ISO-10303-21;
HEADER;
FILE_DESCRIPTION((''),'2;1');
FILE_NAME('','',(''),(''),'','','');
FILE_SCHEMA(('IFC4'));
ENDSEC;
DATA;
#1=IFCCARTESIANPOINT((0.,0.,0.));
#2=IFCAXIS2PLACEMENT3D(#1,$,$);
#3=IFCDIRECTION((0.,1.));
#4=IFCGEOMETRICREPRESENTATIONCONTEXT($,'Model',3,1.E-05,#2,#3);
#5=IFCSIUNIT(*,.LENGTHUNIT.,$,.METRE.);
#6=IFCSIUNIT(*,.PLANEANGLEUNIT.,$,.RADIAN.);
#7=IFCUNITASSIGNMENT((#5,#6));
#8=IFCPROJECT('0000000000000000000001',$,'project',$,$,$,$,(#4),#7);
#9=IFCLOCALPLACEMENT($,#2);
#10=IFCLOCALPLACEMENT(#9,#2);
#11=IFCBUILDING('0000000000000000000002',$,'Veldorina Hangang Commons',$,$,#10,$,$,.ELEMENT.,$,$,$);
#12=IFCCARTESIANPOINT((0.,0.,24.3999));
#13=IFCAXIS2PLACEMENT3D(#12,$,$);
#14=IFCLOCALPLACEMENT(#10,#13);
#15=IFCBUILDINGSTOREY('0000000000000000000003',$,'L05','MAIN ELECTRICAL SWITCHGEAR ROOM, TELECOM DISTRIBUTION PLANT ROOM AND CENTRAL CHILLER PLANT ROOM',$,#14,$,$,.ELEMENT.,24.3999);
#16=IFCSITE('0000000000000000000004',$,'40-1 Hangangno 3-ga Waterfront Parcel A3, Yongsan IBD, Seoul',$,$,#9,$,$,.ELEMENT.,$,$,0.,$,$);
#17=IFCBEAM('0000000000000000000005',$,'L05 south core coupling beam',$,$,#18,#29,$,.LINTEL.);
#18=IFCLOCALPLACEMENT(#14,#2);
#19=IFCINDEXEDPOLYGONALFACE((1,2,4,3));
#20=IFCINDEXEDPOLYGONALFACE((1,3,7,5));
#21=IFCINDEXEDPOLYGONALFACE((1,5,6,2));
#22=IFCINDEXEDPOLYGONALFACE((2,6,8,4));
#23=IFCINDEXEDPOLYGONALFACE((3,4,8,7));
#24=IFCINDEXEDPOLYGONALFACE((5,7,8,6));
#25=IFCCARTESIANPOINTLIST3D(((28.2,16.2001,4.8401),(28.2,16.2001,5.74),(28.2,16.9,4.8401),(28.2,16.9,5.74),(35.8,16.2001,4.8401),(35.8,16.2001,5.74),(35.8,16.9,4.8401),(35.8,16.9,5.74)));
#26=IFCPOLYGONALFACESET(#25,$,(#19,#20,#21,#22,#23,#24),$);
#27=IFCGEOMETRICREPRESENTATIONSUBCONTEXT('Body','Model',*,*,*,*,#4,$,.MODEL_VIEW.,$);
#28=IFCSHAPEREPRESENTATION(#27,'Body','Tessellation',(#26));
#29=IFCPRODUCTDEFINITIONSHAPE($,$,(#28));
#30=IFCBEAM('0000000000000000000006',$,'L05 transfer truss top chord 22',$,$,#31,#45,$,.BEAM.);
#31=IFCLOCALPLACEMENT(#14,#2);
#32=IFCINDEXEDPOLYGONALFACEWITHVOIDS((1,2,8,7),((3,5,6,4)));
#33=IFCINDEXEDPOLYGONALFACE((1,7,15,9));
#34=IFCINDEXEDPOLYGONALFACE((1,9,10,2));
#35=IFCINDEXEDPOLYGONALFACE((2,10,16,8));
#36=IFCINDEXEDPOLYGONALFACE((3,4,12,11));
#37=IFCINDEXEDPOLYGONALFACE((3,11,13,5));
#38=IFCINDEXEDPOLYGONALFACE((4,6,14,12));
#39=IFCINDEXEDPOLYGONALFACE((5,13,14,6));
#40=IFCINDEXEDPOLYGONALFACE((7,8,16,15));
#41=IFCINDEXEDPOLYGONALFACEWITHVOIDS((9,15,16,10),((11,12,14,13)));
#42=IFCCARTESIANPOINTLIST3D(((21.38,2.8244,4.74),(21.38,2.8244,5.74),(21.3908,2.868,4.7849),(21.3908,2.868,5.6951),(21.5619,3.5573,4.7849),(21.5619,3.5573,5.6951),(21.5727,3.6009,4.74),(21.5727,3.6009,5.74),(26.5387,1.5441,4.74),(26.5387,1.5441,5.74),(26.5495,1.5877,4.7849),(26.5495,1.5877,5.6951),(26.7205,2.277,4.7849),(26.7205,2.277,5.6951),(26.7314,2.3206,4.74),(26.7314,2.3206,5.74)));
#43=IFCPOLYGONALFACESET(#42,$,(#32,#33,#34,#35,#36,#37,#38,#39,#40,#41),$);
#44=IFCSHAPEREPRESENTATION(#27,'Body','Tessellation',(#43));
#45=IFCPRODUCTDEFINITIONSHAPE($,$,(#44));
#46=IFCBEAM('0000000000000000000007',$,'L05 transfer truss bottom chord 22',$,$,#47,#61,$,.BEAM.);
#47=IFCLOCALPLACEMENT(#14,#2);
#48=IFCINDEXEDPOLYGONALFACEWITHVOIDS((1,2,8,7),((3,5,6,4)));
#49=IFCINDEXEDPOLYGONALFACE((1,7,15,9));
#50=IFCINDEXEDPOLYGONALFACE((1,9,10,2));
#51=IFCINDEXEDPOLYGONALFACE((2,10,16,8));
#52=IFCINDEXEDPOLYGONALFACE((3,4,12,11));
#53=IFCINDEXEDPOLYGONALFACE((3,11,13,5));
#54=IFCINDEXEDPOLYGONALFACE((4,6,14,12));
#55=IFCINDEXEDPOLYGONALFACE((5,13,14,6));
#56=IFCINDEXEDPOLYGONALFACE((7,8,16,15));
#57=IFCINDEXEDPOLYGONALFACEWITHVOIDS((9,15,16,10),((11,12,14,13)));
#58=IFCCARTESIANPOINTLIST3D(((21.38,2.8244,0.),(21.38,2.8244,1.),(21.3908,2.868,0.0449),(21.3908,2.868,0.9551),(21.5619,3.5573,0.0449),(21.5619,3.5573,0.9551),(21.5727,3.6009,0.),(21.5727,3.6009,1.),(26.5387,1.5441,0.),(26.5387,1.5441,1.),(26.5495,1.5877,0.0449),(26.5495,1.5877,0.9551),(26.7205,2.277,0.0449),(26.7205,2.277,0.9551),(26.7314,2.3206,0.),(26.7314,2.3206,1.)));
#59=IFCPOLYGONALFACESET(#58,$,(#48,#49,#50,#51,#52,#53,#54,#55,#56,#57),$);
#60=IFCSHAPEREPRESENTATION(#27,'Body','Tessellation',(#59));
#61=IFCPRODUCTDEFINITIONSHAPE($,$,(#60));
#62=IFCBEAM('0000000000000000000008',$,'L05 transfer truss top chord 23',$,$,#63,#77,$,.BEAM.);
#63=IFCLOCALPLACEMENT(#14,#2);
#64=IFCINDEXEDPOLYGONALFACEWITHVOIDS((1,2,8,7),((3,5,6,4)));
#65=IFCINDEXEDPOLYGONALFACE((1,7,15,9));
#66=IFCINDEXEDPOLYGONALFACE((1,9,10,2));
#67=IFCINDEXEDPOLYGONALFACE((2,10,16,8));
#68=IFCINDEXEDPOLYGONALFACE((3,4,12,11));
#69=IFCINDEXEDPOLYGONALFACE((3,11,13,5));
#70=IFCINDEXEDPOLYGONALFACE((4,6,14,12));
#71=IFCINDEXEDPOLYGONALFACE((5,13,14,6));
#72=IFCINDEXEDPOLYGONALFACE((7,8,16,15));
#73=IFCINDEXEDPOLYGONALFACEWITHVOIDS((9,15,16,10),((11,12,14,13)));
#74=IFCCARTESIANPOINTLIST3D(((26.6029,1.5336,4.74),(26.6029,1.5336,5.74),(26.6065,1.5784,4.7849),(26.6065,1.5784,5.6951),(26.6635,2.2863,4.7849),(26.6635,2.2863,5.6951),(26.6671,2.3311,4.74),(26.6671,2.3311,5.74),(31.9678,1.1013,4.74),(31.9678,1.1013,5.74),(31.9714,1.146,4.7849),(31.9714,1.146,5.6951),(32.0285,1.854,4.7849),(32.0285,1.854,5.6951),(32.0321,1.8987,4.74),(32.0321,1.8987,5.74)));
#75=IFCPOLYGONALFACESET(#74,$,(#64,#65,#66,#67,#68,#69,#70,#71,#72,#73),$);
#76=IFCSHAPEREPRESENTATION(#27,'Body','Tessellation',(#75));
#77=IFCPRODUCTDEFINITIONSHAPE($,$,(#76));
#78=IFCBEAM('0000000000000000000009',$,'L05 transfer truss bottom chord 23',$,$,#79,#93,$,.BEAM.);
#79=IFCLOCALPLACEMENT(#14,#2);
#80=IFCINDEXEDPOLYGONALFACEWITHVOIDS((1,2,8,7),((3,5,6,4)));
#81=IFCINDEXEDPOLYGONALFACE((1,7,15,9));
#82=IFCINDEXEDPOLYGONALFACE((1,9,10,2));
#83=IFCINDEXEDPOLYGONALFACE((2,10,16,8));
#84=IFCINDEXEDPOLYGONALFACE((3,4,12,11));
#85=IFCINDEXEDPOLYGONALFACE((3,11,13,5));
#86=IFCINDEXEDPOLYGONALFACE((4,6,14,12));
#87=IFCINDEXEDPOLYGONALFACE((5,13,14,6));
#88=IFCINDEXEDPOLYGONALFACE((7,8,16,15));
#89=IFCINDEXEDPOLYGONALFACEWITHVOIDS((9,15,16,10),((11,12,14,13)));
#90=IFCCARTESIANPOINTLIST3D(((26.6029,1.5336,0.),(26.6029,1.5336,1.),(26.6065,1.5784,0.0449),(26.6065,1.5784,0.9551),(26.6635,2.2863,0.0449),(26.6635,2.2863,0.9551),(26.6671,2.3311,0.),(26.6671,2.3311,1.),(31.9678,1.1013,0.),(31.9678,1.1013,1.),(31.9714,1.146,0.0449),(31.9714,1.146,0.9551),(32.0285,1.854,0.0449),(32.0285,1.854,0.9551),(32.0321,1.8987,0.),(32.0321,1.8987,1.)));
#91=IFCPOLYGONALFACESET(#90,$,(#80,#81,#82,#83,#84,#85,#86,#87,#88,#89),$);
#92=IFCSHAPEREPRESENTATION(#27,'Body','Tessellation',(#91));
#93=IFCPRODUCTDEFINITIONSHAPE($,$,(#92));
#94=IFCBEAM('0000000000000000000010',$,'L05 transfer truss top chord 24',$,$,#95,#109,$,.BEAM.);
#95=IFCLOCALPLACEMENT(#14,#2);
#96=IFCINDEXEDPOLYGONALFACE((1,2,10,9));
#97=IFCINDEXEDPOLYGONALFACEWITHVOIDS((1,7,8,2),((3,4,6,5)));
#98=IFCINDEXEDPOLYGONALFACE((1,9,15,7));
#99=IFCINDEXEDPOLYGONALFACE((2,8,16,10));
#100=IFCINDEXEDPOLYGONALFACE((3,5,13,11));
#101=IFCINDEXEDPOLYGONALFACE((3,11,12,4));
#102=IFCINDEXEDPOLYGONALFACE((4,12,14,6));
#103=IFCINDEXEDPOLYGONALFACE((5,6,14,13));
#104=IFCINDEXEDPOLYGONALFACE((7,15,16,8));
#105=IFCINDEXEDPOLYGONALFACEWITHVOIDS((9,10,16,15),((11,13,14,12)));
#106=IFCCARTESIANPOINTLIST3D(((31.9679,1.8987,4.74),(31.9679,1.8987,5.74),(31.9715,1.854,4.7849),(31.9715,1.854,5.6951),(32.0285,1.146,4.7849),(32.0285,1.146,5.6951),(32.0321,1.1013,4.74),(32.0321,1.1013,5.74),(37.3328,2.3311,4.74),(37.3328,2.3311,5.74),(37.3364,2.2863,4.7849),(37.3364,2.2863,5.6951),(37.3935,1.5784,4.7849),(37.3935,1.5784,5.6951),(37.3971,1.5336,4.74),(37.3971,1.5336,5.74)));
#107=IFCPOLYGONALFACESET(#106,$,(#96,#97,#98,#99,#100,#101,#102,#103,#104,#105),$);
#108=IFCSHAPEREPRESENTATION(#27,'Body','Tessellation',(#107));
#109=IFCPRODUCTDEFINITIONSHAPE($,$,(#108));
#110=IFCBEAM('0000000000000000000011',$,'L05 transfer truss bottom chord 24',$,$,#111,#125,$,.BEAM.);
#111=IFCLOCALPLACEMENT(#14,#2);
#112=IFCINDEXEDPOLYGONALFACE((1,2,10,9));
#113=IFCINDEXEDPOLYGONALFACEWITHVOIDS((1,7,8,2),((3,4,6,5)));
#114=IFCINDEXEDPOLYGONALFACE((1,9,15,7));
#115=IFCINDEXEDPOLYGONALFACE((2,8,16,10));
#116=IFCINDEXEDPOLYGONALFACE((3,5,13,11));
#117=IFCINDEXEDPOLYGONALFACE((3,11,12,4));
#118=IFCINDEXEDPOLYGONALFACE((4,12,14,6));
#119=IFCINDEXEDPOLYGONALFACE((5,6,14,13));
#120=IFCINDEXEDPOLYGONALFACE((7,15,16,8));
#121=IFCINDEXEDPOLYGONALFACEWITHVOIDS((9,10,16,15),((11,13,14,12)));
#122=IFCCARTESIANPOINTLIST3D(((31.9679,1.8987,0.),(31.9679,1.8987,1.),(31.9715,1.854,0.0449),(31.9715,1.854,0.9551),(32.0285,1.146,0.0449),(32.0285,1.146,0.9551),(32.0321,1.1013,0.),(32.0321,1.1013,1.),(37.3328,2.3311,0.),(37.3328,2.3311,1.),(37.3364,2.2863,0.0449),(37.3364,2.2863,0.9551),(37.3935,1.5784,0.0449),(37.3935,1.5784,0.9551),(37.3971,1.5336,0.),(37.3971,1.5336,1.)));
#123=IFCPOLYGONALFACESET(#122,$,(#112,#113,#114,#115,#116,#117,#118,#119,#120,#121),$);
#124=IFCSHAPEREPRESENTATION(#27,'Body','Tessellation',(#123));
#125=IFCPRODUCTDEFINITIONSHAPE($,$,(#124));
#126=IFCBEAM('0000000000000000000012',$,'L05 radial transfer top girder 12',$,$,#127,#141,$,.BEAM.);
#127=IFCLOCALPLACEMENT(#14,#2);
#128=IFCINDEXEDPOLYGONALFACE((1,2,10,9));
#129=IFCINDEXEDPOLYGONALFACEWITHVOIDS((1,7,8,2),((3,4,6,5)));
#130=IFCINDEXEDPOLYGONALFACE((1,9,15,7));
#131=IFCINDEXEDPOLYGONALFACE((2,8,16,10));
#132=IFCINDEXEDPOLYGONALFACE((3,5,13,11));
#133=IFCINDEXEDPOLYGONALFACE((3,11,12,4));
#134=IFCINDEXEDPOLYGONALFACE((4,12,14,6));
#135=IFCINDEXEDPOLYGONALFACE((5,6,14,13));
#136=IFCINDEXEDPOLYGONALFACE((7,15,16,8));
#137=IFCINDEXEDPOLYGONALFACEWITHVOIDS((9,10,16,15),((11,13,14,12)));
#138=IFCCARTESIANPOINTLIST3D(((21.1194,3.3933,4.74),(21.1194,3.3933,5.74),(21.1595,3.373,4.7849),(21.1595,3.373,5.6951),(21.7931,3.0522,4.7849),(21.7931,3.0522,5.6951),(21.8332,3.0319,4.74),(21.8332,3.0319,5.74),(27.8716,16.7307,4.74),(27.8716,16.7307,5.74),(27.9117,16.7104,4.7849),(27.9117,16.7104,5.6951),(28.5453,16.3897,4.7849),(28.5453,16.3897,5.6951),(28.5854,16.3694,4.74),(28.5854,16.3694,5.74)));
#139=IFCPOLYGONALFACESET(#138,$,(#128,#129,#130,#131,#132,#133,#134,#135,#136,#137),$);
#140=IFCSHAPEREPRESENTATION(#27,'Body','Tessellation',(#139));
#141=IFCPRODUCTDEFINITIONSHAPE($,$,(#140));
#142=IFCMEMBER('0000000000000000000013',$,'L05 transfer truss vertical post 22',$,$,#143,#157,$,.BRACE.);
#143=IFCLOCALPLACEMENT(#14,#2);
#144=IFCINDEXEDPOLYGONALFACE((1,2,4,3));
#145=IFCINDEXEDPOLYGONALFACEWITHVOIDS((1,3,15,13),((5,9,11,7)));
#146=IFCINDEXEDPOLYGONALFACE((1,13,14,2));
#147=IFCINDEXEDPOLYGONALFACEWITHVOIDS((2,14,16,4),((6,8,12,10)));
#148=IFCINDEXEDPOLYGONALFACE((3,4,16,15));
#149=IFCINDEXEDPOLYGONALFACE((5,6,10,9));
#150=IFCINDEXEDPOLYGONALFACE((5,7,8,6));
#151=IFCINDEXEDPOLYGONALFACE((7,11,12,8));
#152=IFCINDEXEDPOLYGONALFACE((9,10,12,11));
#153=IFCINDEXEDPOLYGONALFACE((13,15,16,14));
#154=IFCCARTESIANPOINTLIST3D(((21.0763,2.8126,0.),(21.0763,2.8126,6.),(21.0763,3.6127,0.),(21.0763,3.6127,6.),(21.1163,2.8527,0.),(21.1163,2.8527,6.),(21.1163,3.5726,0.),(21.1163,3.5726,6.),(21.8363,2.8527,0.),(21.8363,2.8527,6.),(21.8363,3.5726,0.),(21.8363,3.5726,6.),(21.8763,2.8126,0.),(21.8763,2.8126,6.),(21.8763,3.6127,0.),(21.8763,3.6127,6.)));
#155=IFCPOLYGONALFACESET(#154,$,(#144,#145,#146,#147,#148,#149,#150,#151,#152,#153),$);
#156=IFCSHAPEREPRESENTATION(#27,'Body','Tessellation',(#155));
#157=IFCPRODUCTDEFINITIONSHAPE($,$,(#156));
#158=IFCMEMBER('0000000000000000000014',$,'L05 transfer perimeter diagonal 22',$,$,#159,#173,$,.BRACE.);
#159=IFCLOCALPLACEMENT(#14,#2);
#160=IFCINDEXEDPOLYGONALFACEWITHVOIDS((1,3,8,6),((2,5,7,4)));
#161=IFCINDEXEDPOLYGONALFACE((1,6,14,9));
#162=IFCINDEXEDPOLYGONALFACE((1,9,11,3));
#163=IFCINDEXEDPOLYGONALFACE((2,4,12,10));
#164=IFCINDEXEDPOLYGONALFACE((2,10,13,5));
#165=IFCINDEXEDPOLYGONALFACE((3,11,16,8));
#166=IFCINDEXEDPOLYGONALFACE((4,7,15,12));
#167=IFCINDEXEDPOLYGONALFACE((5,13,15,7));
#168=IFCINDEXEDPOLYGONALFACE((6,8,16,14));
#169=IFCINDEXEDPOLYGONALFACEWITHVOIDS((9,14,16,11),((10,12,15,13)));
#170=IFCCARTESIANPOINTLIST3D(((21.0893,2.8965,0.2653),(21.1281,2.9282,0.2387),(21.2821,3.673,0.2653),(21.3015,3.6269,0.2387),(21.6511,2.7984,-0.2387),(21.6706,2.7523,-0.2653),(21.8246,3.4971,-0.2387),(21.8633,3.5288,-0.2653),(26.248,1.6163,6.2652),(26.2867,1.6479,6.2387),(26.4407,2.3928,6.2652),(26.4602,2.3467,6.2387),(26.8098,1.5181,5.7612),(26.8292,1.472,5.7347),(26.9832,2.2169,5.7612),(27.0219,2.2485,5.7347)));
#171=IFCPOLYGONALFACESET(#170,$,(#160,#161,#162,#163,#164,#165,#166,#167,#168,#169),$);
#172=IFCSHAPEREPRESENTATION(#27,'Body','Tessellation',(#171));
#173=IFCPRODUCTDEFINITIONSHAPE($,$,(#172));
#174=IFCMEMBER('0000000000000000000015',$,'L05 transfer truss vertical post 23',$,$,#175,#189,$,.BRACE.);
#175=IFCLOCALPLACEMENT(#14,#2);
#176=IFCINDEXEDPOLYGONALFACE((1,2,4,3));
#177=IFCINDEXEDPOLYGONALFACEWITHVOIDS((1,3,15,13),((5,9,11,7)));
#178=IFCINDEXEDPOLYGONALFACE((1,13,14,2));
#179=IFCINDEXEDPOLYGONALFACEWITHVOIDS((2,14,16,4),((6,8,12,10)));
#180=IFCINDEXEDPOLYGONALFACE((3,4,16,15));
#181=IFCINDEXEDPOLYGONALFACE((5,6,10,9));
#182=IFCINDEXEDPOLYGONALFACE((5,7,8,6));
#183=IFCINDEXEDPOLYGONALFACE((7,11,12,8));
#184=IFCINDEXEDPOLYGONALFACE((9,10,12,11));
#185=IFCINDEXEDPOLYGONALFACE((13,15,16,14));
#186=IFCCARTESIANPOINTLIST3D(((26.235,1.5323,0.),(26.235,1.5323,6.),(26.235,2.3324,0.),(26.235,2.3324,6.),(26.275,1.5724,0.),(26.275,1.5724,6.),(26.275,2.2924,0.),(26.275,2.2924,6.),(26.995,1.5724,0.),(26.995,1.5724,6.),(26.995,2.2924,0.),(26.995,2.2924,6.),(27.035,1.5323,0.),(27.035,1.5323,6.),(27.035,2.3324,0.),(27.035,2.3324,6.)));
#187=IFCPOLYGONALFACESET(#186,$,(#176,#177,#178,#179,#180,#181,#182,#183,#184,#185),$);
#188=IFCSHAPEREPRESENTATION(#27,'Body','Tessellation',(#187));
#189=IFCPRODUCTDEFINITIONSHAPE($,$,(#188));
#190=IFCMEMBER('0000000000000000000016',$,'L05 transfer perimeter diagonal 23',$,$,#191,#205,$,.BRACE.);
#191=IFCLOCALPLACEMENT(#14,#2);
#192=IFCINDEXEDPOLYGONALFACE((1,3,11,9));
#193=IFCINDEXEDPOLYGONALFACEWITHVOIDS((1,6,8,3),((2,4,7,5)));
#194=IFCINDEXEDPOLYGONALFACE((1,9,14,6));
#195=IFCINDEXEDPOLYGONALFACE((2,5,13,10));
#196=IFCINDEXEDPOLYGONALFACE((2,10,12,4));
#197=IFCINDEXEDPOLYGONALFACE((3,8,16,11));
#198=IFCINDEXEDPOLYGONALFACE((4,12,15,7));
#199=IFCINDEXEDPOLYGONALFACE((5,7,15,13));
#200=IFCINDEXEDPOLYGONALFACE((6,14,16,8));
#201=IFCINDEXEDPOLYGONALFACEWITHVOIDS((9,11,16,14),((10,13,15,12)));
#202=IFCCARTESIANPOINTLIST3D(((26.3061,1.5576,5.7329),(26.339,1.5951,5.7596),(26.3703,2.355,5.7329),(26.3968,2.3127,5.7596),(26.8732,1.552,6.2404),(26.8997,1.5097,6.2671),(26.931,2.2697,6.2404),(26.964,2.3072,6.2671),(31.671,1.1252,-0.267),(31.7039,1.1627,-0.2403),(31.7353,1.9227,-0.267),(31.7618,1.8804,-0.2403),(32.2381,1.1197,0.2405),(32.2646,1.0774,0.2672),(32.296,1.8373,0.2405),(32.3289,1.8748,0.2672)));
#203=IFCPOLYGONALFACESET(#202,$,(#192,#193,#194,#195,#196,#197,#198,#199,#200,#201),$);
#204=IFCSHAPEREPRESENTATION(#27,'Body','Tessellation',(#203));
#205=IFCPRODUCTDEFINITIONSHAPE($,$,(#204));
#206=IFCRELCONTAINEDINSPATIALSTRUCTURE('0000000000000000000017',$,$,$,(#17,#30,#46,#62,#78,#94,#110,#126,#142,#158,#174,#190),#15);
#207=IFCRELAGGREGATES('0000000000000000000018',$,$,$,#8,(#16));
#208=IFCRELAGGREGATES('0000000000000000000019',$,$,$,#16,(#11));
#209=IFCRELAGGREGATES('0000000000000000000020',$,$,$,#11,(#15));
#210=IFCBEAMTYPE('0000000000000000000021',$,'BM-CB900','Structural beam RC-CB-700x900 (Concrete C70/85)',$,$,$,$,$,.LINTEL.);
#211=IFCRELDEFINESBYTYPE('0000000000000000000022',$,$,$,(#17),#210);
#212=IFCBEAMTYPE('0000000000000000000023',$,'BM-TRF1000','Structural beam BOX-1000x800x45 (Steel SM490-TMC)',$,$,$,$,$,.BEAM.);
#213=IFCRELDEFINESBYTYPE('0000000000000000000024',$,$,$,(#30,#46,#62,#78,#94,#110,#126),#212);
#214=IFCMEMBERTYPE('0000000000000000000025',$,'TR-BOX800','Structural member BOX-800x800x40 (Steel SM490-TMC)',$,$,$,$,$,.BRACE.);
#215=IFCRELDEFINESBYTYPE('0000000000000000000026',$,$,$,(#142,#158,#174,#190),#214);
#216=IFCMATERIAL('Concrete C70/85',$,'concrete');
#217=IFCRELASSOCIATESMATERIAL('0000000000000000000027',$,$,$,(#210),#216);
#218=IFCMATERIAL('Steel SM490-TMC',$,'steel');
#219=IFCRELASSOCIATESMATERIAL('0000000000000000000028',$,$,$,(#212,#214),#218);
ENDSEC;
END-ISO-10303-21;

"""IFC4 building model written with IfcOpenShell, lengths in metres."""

from ifc_helpers import new_model, si_unit, direction, frame, origin, origin_2d, place, context, subcontext, project, spatial, rectangle, hollow_rectangle, extrude, material, material_profile, profile_set, type_object, element, save


model = new_model("IFC4")

# Units and contexts
model_context = context("Model", 3, precision=1e-05, world=origin(), true_north=direction((0.0, 1.0)))
body_context = subcontext(model_context, "Body", "Model", "MODEL_VIEW")
ifc_project = project(units=[si_unit("LENGTHUNIT", "METRE"), si_unit("PLANEANGLEUNIT", "RADIAN")], contexts=[model_context])

# Site, building, storey
site_placement = place(None, origin())
site = spatial("IfcSite", under=ifc_project, at=site_placement, Name="40-1 Hangangno 3-ga Waterfront Parcel A3, Yongsan IBD, Seoul", CompositionType="ELEMENT", RefElevation=0.0)
building_placement = place(site_placement, origin())
building = spatial("IfcBuilding", under=site, at=building_placement, Name="Veldorina Hangang Commons", CompositionType="ELEMENT")
storey_placement = place(building_placement, frame((0.0, 0.0, 24.3999)))
storey = spatial("IfcBuildingStorey", under=building, at=storey_placement, Name="L05", Description="MAIN ELECTRICAL SWITCHGEAR ROOM, TELECOM DISTRIBUTION PLANT ROOM AND CENTRAL CHILLER PLANT ROOM", CompositionType="ELEMENT", Elevation=24.3999)

# Beams
ifc_material_1 = material(Name="Concrete C70/85", Category="concrete")
ifc_material_profile_1 = material_profile(ifc_material_1, rectangle(XDim=0.7, YDim=0.8999, at=origin_2d()), Name="RC-CB-700x900")
ifc_profile_set_1 = profile_set([ifc_material_profile_1], Name="Concrete C70/85")
beam_type_1 = type_object("IfcBeamType", Name="BM-CB900", Description="Structural beam RC-CB-700x900 (Concrete C70/85)", PredefinedType="LINTEL", material=ifc_profile_set_1)
beam_1_placement = place(storey_placement, frame((28.2, 16.55, 5.29), z_axis=(1.0, 0.0, 0.0), x_axis=(0.0, 1.0, 0.0)))
element("IfcBeam", 1, at=beam_1_placement, inside=storey, type_object=beam_type_1, Name="L05 south core coupling beam", PredefinedType="LINTEL", context=body_context, shape_type="SweptSolid", body=[
    extrude(rectangle(XDim=0.7, YDim=0.8999, at=origin_2d()), origin(), (0.0, 0.0, 1.0), 7.6001),
])
ifc_material_2 = material(Name="Steel SM490-TMC", Category="steel")
ifc_material_profile_2 = material_profile(ifc_material_2, hollow_rectangle(XDim=0.8, YDim=1.0, WallThickness=0.0449, at=origin_2d()), Name="BOX-1000x800x45")
ifc_profile_set_2 = profile_set([ifc_material_profile_2], Name="Steel SM490-TMC")
beam_type_2 = type_object("IfcBeamType", Name="BM-TRF1000", Description="Structural beam BOX-1000x800x45 (Steel SM490-TMC)", PredefinedType="BEAM", material=ifc_profile_set_2)
for number, where, z_axis, x_axis, name in (
    (2, (21.4763, 3.2126, 5.24), (0.970557, -0.240871, 0.0), (0.240871, 0.970557, 0.0), "L05 transfer truss top chord 22"),
    (3, (21.4763, 3.2126, 0.5), (0.970557, -0.240871, 0.0), (0.240871, 0.970557, 0.0), "L05 transfer truss bottom chord 22"),
):
    element("IfcBeam", number, at=place(storey_placement, frame(where, z_axis=z_axis, x_axis=x_axis)), inside=storey, type_object=beam_type_2, Name=name, PredefinedType="BEAM", context=body_context, shape_type="SweptSolid", body=[
        extrude(hollow_rectangle(XDim=0.8, YDim=1.0, WallThickness=0.0449, at=origin_2d()), origin(), (0.0, 0.0, 1.0), 5.3152),
    ])
for number, where, z_axis, x_axis, name in (
    (4, (26.635, 1.9324, 5.24), (0.996768, -0.080331, 0.0), (0.080331, 0.996768, 0.0), "L05 transfer truss top chord 23"),
    (5, (26.635, 1.9324, 0.5), (0.996768, -0.080331, 0.0), (0.080331, 0.996768, 0.0), "L05 transfer truss bottom chord 23"),
    (6, (32.0, 1.5, 5.24), (0.996768, 0.080331, 0.0), (-0.080331, 0.996768, 0.0), "L05 transfer truss top chord 24"),
    (7, (32.0, 1.5, 0.5), (0.996768, 0.080331, 0.0), (-0.080331, 0.996768, 0.0), "L05 transfer truss bottom chord 24"),
):
    element("IfcBeam", number, at=place(storey_placement, frame(where, z_axis=z_axis, x_axis=x_axis)), inside=storey, type_object=beam_type_2, Name=name, PredefinedType="BEAM", context=body_context, shape_type="SweptSolid", body=[
        extrude(hollow_rectangle(XDim=0.8, YDim=1.0, WallThickness=0.0449, at=origin_2d()), origin(), (0.0, 0.0, 1.0), 5.3823),
    ])
beam_2_placement = place(storey_placement, frame((28.2285, 16.55, 5.24), z_axis=(-0.451676, -0.892182, 0.0), x_axis=(0.892182, -0.451676, 0.0)))
element("IfcBeam", 8, at=beam_2_placement, inside=storey, type_object=beam_type_2, Name="L05 radial transfer top girder 12", PredefinedType="BEAM", context=body_context, shape_type="SweptSolid", body=[
    extrude(hollow_rectangle(XDim=0.8, YDim=1.0, WallThickness=0.0449, at=origin_2d()), origin(), (0.0, 0.0, 1.0), 14.9492),
])

# Members
ifc_material_profile_3 = material_profile(ifc_material_2, hollow_rectangle(XDim=0.8, YDim=0.8, WallThickness=0.04, at=origin_2d()), Name="BOX-800x800x40")
ifc_profile_set_3 = profile_set([ifc_material_profile_3], Name="Steel SM490-TMC")
member_type = type_object("IfcMemberType", Name="TR-BOX800", Description="Structural member BOX-800x800x40 (Steel SM490-TMC)", PredefinedType="BRACE", material=ifc_profile_set_3)
member_1_placement = place(storey_placement, frame((21.4763, 3.2126, 0.0), z_axis=(0.0, 0.0, 1.0), x_axis=(1.0, 0.0, 0.0)))
element("IfcMember", 9, at=member_1_placement, inside=storey, type_object=member_type, Name="L05 transfer truss vertical post 22", PredefinedType="BRACE", context=body_context, shape_type="SweptSolid", body=[
    extrude(hollow_rectangle(XDim=0.8, YDim=0.8, WallThickness=0.04, at=origin_2d()), origin(), (0.0, 0.0, 1.0), 6.0),
])
member_2_placement = place(storey_placement, frame((21.4763, 3.2126, 0.0), z_axis=(0.643575, -0.159721, 0.748532), x_axis=(0.240871, 0.970557, 0.0)))
element("IfcMember", 10, at=member_2_placement, inside=storey, type_object=member_type, Name="L05 transfer perimeter diagonal 22", PredefinedType="BRACE", context=body_context, shape_type="SweptSolid", body=[
    extrude(hollow_rectangle(XDim=0.8, YDim=0.8, WallThickness=0.04, at=origin_2d()), origin(), (0.0, 0.0, 1.0), 8.0156),
])
member_3_placement = place(storey_placement, frame((26.635, 1.9324, 0.0), z_axis=(0.0, 0.0, 1.0), x_axis=(1.0, 0.0, 0.0)))
element("IfcMember", 11, at=member_3_placement, inside=storey, type_object=member_type, Name="L05 transfer truss vertical post 23", PredefinedType="BRACE", context=body_context, shape_type="SweptSolid", body=[
    extrude(hollow_rectangle(XDim=0.8, YDim=0.8, WallThickness=0.04, at=origin_2d()), origin(), (0.0, 0.0, 1.0), 6.0),
])
member_4_placement = place(storey_placement, frame((26.635, 1.9324, 6.0), z_axis=(0.665598, -0.053642, -0.74438), x_axis=(0.080331, 0.996768, 0.0)))
element("IfcMember", 12, at=member_4_placement, inside=storey, type_object=member_type, Name="L05 transfer perimeter diagonal 23", PredefinedType="BRACE", context=body_context, shape_type="SweptSolid", body=[
    extrude(hollow_rectangle(XDim=0.8, YDim=0.8, WallThickness=0.04, at=origin_2d()), origin(), (0.0, 0.0, 1.0), 8.0603),
])

save(model, "model.ifc")
